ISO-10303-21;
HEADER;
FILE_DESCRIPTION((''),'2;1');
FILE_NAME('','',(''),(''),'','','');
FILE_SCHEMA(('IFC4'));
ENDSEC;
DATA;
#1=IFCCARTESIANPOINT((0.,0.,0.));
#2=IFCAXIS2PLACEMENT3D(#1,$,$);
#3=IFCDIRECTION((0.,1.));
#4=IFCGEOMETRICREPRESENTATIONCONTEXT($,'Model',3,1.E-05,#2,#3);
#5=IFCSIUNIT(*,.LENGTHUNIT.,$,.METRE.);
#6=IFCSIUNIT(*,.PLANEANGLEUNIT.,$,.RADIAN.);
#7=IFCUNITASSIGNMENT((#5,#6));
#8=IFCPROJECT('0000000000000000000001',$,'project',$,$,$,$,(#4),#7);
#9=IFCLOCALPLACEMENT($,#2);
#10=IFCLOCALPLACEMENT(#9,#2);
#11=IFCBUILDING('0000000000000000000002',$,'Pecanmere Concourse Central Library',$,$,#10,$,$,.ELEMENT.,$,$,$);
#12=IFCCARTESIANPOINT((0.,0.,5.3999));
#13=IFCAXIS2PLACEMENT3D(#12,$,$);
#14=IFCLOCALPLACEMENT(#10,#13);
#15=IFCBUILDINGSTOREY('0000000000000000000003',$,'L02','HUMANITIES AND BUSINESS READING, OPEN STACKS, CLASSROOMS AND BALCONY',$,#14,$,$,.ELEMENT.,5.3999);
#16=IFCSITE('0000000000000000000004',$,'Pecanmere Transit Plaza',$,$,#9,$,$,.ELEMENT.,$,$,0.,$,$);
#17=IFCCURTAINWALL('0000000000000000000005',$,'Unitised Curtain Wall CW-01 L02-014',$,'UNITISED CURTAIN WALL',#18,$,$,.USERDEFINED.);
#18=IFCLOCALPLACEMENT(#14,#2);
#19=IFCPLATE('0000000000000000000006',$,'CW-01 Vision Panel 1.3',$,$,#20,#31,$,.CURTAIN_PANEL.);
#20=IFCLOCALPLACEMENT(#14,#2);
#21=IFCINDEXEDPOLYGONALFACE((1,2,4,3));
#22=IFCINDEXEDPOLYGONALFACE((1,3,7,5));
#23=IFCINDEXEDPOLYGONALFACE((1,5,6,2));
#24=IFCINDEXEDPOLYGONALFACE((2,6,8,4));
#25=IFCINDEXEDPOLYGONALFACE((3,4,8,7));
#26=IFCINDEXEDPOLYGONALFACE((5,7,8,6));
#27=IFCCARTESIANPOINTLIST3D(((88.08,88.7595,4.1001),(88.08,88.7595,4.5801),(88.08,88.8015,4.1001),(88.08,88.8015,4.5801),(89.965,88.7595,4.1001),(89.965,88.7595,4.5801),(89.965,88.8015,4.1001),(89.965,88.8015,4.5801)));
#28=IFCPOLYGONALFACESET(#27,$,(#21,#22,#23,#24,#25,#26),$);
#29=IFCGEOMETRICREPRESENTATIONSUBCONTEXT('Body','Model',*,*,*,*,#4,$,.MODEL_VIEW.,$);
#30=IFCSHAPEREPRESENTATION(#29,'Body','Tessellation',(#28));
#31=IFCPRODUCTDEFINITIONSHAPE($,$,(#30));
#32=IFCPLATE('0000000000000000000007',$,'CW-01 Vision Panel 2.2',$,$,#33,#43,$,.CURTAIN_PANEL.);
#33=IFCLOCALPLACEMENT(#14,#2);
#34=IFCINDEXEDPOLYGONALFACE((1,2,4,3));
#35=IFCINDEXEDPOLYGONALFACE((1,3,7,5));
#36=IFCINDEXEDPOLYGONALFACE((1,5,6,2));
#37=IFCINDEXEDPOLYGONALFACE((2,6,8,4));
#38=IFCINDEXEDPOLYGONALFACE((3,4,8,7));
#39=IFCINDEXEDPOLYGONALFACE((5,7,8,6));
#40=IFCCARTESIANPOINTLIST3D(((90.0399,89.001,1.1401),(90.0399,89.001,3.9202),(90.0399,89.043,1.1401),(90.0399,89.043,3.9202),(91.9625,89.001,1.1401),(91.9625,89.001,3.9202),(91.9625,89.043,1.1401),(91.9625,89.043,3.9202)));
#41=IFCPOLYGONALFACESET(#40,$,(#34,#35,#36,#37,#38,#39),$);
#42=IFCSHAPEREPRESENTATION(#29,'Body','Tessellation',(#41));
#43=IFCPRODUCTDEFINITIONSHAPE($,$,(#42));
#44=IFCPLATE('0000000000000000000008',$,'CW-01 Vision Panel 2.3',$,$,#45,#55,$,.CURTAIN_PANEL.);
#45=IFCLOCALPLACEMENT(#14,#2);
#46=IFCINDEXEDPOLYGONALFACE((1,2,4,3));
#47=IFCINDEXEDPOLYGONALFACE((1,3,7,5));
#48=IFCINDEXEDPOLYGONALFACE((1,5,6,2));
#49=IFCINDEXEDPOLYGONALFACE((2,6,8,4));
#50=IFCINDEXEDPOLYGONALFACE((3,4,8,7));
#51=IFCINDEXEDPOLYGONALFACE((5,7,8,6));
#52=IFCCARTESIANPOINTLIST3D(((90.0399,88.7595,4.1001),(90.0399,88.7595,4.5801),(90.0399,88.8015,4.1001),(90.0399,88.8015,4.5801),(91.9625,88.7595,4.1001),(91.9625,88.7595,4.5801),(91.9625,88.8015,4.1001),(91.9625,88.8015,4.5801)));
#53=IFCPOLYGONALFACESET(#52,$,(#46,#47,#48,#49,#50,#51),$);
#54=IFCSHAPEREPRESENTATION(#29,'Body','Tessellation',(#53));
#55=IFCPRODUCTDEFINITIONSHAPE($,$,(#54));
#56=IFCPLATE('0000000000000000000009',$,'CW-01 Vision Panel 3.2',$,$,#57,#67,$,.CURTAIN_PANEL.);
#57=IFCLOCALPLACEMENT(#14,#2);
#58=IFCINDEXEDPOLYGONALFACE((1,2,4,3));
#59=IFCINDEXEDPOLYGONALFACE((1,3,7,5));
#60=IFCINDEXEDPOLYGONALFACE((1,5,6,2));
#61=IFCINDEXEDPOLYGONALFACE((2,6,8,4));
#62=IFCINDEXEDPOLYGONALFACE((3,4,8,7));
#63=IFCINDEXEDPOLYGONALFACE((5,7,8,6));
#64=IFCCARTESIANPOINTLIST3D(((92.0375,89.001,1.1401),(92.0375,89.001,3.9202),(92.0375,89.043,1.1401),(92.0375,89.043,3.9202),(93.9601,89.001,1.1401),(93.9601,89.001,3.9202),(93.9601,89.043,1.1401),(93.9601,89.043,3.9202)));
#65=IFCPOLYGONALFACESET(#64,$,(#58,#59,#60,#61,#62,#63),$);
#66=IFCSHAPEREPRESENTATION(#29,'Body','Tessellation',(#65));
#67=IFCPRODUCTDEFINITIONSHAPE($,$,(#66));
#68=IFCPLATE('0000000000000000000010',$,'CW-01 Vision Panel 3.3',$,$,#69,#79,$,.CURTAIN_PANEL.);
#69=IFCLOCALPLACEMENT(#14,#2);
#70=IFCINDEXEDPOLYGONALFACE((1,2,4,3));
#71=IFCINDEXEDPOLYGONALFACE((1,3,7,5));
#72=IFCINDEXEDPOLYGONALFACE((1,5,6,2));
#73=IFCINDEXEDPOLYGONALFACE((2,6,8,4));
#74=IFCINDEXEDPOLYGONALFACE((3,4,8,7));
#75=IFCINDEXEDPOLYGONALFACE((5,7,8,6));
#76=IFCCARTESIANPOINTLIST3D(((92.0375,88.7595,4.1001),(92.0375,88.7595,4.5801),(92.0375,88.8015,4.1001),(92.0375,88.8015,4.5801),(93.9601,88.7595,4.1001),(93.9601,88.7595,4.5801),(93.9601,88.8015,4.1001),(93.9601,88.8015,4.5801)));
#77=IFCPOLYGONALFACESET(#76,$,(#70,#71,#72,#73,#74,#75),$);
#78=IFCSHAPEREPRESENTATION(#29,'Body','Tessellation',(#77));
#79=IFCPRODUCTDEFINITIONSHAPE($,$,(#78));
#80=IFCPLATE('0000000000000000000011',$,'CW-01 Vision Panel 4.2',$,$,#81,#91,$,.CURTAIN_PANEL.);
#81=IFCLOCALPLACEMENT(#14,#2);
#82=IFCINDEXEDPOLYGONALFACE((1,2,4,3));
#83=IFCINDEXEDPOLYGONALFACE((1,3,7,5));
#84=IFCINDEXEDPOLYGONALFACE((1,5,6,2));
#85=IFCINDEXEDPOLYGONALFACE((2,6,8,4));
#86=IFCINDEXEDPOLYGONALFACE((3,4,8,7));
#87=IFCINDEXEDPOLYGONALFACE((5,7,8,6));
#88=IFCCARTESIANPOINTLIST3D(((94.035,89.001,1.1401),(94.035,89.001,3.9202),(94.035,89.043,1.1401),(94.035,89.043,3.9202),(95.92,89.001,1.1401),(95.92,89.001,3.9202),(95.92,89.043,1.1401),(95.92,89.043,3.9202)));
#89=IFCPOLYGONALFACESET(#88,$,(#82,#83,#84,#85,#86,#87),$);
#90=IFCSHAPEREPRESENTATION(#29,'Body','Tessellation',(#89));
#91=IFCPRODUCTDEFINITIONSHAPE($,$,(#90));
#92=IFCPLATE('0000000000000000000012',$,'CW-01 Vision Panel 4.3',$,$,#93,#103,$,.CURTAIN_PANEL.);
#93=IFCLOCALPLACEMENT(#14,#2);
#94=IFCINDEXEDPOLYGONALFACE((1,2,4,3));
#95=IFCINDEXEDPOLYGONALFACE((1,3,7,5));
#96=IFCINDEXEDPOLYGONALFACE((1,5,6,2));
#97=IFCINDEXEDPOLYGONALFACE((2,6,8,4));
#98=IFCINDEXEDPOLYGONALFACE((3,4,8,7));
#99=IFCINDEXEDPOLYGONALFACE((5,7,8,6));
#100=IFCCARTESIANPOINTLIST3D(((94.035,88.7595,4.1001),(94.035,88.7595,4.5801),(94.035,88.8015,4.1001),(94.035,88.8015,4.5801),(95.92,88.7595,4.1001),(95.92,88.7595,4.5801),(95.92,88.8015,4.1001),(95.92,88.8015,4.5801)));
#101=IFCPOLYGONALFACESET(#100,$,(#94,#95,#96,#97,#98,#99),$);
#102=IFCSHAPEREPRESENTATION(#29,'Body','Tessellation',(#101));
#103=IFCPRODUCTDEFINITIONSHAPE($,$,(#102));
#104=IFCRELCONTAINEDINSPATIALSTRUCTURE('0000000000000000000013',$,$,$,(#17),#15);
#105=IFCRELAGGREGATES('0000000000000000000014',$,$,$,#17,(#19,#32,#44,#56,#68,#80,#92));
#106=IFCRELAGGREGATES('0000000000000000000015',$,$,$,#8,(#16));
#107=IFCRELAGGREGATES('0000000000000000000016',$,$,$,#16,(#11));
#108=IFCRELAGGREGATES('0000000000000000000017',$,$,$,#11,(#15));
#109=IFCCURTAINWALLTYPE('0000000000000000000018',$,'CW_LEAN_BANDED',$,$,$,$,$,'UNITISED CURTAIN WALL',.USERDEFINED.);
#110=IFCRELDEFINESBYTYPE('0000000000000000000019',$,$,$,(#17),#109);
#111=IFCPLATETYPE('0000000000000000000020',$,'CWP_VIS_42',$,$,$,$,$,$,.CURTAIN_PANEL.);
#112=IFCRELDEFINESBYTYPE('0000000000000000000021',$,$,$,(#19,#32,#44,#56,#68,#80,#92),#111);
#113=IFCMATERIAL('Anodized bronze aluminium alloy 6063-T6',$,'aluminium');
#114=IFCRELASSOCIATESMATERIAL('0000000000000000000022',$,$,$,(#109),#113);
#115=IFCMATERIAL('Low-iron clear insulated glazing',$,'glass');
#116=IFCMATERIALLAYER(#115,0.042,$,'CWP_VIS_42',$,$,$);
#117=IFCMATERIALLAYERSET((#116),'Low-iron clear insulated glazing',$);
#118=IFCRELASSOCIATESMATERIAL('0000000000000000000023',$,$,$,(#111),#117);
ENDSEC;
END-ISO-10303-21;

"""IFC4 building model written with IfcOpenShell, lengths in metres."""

from ifc_helpers import new_model, si_unit, direction, frame, origin, origin_2d, place, context, subcontext, project, spatial, rectangle, extrude, material, layer, layer_set, type_object, element, aggregate, save


model = new_model("IFC4")

# Units and contexts
model_context = context("Model", 3, precision=1e-05, world=origin(), true_north=direction((0.0, 1.0)))
body_context = subcontext(model_context, "Body", "Model", "MODEL_VIEW")
ifc_project = project(units=[si_unit("LENGTHUNIT", "METRE"), si_unit("PLANEANGLEUNIT", "RADIAN")], contexts=[model_context])

# Site, building, storey
site_placement = place(None, origin())
site = spatial("IfcSite", under=ifc_project, at=site_placement, Name="Pecanmere Transit Plaza", CompositionType="ELEMENT", RefElevation=0.0)
building_placement = place(site_placement, origin())
building = spatial("IfcBuilding", under=site, at=building_placement, Name="Pecanmere Concourse Central Library", CompositionType="ELEMENT")
storey_placement = place(building_placement, frame((0.0, 0.0, 5.3999)))
storey = spatial("IfcBuildingStorey", under=building, at=storey_placement, Name="L02", Description="HUMANITIES AND BUSINESS READING, OPEN STACKS, CLASSROOMS AND BALCONY", CompositionType="ELEMENT", Elevation=5.3999)

# Curtain wall
ifc_material_1 = material(Name="Anodized bronze aluminium alloy 6063-T6", Category="aluminium")
curtain_wall_type = type_object("IfcCurtainWallType", Name="CW_LEAN_BANDED", ElementType="UNITISED CURTAIN WALL", PredefinedType="USERDEFINED", material=ifc_material_1)
curtain_wall_placement = place(storey_placement, origin())
curtain_wall = element("IfcCurtainWall", 1, at=curtain_wall_placement, inside=storey, type_object=curtain_wall_type, Name="Unitised Curtain Wall CW-01 L02-014", ObjectType="UNITISED CURTAIN WALL", PredefinedType="USERDEFINED")

# Plates
ifc_material_2 = material(Name="Low-iron clear insulated glazing", Category="glass")
ifc_layer_1 = layer(ifc_material_2, 0.042, Name="CWP_VIS_42")
ifc_layer_set_1 = layer_set([ifc_layer_1], Name="Low-iron clear insulated glazing")
plate_type_1 = type_object("IfcPlateType", Name="CWP_VIS_42", PredefinedType="CURTAIN_PANEL", material=ifc_layer_set_1)
plate_1_placement = place(storey_placement, frame((89.0225, 88.7805, 4.1001), z_axis=(0.0, 0.0, 1.0), x_axis=(1.0, 0.0, 0.0)))
plate_1 = element("IfcPlate", 2, at=plate_1_placement, type_object=plate_type_1, Name="CW-01 Vision Panel 1.3", PredefinedType="CURTAIN_PANEL", context=body_context, shape_type="SweptSolid", body=[
    extrude(rectangle(XDim=1.885, YDim=0.042, at=origin_2d()), origin(), (0.0, 0.0, 1.0), 0.48),
])
plate_2_placement = place(storey_placement, frame((91.0012, 89.022, 1.1401), z_axis=(0.0, 0.0, 1.0), x_axis=(1.0, 0.0, 0.0)))
plate_2 = element("IfcPlate", 3, at=plate_2_placement, type_object=plate_type_1, Name="CW-01 Vision Panel 2.2", PredefinedType="CURTAIN_PANEL", context=body_context, shape_type="SweptSolid", body=[
    extrude(rectangle(XDim=1.9226, YDim=0.042, at=origin_2d()), origin(), (0.0, 0.0, 1.0), 2.78),
])
plate_3_placement = place(storey_placement, frame((91.0012, 88.7805, 4.1001), z_axis=(0.0, 0.0, 1.0), x_axis=(1.0, 0.0, 0.0)))
plate_3 = element("IfcPlate", 4, at=plate_3_placement, type_object=plate_type_1, Name="CW-01 Vision Panel 2.3", PredefinedType="CURTAIN_PANEL", context=body_context, shape_type="SweptSolid", body=[
    extrude(rectangle(XDim=1.9226, YDim=0.042, at=origin_2d()), origin(), (0.0, 0.0, 1.0), 0.48),
])
plate_4_placement = place(storey_placement, frame((92.9988, 89.022, 1.1401), z_axis=(0.0, 0.0, 1.0), x_axis=(1.0, 0.0, 0.0)))
plate_4 = element("IfcPlate", 5, at=plate_4_placement, type_object=plate_type_1, Name="CW-01 Vision Panel 3.2", PredefinedType="CURTAIN_PANEL", context=body_context, shape_type="SweptSolid", body=[
    extrude(rectangle(XDim=1.9226, YDim=0.042, at=origin_2d()), origin(), (0.0, 0.0, 1.0), 2.78),
])
plate_5_placement = place(storey_placement, frame((92.9988, 88.7805, 4.1001), z_axis=(0.0, 0.0, 1.0), x_axis=(1.0, 0.0, 0.0)))
plate_5 = element("IfcPlate", 6, at=plate_5_placement, type_object=plate_type_1, Name="CW-01 Vision Panel 3.3", PredefinedType="CURTAIN_PANEL", context=body_context, shape_type="SweptSolid", body=[
    extrude(rectangle(XDim=1.9226, YDim=0.042, at=origin_2d()), origin(), (0.0, 0.0, 1.0), 0.48),
])
plate_6_placement = place(storey_placement, frame((94.9775, 89.022, 1.1401), z_axis=(0.0, 0.0, 1.0), x_axis=(1.0, 0.0, 0.0)))
plate_6 = element("IfcPlate", 7, at=plate_6_placement, type_object=plate_type_1, Name="CW-01 Vision Panel 4.2", PredefinedType="CURTAIN_PANEL", context=body_context, shape_type="SweptSolid", body=[
    extrude(rectangle(XDim=1.885, YDim=0.042, at=origin_2d()), origin(), (0.0, 0.0, 1.0), 2.78),
])
plate_7_placement = place(storey_placement, frame((94.9775, 88.7805, 4.1001), z_axis=(0.0, 0.0, 1.0), x_axis=(1.0, 0.0, 0.0)))
plate_7 = element("IfcPlate", 8, at=plate_7_placement, type_object=plate_type_1, Name="CW-01 Vision Panel 4.3", PredefinedType="CURTAIN_PANEL", context=body_context, shape_type="SweptSolid", body=[
    extrude(rectangle(XDim=1.885, YDim=0.042, at=origin_2d()), origin(), (0.0, 0.0, 1.0), 0.48),
])
aggregate(curtain_wall, [plate_1, plate_2, plate_3, plate_4, plate_5, plate_6, plate_7])

save(model, "model.ifc")
